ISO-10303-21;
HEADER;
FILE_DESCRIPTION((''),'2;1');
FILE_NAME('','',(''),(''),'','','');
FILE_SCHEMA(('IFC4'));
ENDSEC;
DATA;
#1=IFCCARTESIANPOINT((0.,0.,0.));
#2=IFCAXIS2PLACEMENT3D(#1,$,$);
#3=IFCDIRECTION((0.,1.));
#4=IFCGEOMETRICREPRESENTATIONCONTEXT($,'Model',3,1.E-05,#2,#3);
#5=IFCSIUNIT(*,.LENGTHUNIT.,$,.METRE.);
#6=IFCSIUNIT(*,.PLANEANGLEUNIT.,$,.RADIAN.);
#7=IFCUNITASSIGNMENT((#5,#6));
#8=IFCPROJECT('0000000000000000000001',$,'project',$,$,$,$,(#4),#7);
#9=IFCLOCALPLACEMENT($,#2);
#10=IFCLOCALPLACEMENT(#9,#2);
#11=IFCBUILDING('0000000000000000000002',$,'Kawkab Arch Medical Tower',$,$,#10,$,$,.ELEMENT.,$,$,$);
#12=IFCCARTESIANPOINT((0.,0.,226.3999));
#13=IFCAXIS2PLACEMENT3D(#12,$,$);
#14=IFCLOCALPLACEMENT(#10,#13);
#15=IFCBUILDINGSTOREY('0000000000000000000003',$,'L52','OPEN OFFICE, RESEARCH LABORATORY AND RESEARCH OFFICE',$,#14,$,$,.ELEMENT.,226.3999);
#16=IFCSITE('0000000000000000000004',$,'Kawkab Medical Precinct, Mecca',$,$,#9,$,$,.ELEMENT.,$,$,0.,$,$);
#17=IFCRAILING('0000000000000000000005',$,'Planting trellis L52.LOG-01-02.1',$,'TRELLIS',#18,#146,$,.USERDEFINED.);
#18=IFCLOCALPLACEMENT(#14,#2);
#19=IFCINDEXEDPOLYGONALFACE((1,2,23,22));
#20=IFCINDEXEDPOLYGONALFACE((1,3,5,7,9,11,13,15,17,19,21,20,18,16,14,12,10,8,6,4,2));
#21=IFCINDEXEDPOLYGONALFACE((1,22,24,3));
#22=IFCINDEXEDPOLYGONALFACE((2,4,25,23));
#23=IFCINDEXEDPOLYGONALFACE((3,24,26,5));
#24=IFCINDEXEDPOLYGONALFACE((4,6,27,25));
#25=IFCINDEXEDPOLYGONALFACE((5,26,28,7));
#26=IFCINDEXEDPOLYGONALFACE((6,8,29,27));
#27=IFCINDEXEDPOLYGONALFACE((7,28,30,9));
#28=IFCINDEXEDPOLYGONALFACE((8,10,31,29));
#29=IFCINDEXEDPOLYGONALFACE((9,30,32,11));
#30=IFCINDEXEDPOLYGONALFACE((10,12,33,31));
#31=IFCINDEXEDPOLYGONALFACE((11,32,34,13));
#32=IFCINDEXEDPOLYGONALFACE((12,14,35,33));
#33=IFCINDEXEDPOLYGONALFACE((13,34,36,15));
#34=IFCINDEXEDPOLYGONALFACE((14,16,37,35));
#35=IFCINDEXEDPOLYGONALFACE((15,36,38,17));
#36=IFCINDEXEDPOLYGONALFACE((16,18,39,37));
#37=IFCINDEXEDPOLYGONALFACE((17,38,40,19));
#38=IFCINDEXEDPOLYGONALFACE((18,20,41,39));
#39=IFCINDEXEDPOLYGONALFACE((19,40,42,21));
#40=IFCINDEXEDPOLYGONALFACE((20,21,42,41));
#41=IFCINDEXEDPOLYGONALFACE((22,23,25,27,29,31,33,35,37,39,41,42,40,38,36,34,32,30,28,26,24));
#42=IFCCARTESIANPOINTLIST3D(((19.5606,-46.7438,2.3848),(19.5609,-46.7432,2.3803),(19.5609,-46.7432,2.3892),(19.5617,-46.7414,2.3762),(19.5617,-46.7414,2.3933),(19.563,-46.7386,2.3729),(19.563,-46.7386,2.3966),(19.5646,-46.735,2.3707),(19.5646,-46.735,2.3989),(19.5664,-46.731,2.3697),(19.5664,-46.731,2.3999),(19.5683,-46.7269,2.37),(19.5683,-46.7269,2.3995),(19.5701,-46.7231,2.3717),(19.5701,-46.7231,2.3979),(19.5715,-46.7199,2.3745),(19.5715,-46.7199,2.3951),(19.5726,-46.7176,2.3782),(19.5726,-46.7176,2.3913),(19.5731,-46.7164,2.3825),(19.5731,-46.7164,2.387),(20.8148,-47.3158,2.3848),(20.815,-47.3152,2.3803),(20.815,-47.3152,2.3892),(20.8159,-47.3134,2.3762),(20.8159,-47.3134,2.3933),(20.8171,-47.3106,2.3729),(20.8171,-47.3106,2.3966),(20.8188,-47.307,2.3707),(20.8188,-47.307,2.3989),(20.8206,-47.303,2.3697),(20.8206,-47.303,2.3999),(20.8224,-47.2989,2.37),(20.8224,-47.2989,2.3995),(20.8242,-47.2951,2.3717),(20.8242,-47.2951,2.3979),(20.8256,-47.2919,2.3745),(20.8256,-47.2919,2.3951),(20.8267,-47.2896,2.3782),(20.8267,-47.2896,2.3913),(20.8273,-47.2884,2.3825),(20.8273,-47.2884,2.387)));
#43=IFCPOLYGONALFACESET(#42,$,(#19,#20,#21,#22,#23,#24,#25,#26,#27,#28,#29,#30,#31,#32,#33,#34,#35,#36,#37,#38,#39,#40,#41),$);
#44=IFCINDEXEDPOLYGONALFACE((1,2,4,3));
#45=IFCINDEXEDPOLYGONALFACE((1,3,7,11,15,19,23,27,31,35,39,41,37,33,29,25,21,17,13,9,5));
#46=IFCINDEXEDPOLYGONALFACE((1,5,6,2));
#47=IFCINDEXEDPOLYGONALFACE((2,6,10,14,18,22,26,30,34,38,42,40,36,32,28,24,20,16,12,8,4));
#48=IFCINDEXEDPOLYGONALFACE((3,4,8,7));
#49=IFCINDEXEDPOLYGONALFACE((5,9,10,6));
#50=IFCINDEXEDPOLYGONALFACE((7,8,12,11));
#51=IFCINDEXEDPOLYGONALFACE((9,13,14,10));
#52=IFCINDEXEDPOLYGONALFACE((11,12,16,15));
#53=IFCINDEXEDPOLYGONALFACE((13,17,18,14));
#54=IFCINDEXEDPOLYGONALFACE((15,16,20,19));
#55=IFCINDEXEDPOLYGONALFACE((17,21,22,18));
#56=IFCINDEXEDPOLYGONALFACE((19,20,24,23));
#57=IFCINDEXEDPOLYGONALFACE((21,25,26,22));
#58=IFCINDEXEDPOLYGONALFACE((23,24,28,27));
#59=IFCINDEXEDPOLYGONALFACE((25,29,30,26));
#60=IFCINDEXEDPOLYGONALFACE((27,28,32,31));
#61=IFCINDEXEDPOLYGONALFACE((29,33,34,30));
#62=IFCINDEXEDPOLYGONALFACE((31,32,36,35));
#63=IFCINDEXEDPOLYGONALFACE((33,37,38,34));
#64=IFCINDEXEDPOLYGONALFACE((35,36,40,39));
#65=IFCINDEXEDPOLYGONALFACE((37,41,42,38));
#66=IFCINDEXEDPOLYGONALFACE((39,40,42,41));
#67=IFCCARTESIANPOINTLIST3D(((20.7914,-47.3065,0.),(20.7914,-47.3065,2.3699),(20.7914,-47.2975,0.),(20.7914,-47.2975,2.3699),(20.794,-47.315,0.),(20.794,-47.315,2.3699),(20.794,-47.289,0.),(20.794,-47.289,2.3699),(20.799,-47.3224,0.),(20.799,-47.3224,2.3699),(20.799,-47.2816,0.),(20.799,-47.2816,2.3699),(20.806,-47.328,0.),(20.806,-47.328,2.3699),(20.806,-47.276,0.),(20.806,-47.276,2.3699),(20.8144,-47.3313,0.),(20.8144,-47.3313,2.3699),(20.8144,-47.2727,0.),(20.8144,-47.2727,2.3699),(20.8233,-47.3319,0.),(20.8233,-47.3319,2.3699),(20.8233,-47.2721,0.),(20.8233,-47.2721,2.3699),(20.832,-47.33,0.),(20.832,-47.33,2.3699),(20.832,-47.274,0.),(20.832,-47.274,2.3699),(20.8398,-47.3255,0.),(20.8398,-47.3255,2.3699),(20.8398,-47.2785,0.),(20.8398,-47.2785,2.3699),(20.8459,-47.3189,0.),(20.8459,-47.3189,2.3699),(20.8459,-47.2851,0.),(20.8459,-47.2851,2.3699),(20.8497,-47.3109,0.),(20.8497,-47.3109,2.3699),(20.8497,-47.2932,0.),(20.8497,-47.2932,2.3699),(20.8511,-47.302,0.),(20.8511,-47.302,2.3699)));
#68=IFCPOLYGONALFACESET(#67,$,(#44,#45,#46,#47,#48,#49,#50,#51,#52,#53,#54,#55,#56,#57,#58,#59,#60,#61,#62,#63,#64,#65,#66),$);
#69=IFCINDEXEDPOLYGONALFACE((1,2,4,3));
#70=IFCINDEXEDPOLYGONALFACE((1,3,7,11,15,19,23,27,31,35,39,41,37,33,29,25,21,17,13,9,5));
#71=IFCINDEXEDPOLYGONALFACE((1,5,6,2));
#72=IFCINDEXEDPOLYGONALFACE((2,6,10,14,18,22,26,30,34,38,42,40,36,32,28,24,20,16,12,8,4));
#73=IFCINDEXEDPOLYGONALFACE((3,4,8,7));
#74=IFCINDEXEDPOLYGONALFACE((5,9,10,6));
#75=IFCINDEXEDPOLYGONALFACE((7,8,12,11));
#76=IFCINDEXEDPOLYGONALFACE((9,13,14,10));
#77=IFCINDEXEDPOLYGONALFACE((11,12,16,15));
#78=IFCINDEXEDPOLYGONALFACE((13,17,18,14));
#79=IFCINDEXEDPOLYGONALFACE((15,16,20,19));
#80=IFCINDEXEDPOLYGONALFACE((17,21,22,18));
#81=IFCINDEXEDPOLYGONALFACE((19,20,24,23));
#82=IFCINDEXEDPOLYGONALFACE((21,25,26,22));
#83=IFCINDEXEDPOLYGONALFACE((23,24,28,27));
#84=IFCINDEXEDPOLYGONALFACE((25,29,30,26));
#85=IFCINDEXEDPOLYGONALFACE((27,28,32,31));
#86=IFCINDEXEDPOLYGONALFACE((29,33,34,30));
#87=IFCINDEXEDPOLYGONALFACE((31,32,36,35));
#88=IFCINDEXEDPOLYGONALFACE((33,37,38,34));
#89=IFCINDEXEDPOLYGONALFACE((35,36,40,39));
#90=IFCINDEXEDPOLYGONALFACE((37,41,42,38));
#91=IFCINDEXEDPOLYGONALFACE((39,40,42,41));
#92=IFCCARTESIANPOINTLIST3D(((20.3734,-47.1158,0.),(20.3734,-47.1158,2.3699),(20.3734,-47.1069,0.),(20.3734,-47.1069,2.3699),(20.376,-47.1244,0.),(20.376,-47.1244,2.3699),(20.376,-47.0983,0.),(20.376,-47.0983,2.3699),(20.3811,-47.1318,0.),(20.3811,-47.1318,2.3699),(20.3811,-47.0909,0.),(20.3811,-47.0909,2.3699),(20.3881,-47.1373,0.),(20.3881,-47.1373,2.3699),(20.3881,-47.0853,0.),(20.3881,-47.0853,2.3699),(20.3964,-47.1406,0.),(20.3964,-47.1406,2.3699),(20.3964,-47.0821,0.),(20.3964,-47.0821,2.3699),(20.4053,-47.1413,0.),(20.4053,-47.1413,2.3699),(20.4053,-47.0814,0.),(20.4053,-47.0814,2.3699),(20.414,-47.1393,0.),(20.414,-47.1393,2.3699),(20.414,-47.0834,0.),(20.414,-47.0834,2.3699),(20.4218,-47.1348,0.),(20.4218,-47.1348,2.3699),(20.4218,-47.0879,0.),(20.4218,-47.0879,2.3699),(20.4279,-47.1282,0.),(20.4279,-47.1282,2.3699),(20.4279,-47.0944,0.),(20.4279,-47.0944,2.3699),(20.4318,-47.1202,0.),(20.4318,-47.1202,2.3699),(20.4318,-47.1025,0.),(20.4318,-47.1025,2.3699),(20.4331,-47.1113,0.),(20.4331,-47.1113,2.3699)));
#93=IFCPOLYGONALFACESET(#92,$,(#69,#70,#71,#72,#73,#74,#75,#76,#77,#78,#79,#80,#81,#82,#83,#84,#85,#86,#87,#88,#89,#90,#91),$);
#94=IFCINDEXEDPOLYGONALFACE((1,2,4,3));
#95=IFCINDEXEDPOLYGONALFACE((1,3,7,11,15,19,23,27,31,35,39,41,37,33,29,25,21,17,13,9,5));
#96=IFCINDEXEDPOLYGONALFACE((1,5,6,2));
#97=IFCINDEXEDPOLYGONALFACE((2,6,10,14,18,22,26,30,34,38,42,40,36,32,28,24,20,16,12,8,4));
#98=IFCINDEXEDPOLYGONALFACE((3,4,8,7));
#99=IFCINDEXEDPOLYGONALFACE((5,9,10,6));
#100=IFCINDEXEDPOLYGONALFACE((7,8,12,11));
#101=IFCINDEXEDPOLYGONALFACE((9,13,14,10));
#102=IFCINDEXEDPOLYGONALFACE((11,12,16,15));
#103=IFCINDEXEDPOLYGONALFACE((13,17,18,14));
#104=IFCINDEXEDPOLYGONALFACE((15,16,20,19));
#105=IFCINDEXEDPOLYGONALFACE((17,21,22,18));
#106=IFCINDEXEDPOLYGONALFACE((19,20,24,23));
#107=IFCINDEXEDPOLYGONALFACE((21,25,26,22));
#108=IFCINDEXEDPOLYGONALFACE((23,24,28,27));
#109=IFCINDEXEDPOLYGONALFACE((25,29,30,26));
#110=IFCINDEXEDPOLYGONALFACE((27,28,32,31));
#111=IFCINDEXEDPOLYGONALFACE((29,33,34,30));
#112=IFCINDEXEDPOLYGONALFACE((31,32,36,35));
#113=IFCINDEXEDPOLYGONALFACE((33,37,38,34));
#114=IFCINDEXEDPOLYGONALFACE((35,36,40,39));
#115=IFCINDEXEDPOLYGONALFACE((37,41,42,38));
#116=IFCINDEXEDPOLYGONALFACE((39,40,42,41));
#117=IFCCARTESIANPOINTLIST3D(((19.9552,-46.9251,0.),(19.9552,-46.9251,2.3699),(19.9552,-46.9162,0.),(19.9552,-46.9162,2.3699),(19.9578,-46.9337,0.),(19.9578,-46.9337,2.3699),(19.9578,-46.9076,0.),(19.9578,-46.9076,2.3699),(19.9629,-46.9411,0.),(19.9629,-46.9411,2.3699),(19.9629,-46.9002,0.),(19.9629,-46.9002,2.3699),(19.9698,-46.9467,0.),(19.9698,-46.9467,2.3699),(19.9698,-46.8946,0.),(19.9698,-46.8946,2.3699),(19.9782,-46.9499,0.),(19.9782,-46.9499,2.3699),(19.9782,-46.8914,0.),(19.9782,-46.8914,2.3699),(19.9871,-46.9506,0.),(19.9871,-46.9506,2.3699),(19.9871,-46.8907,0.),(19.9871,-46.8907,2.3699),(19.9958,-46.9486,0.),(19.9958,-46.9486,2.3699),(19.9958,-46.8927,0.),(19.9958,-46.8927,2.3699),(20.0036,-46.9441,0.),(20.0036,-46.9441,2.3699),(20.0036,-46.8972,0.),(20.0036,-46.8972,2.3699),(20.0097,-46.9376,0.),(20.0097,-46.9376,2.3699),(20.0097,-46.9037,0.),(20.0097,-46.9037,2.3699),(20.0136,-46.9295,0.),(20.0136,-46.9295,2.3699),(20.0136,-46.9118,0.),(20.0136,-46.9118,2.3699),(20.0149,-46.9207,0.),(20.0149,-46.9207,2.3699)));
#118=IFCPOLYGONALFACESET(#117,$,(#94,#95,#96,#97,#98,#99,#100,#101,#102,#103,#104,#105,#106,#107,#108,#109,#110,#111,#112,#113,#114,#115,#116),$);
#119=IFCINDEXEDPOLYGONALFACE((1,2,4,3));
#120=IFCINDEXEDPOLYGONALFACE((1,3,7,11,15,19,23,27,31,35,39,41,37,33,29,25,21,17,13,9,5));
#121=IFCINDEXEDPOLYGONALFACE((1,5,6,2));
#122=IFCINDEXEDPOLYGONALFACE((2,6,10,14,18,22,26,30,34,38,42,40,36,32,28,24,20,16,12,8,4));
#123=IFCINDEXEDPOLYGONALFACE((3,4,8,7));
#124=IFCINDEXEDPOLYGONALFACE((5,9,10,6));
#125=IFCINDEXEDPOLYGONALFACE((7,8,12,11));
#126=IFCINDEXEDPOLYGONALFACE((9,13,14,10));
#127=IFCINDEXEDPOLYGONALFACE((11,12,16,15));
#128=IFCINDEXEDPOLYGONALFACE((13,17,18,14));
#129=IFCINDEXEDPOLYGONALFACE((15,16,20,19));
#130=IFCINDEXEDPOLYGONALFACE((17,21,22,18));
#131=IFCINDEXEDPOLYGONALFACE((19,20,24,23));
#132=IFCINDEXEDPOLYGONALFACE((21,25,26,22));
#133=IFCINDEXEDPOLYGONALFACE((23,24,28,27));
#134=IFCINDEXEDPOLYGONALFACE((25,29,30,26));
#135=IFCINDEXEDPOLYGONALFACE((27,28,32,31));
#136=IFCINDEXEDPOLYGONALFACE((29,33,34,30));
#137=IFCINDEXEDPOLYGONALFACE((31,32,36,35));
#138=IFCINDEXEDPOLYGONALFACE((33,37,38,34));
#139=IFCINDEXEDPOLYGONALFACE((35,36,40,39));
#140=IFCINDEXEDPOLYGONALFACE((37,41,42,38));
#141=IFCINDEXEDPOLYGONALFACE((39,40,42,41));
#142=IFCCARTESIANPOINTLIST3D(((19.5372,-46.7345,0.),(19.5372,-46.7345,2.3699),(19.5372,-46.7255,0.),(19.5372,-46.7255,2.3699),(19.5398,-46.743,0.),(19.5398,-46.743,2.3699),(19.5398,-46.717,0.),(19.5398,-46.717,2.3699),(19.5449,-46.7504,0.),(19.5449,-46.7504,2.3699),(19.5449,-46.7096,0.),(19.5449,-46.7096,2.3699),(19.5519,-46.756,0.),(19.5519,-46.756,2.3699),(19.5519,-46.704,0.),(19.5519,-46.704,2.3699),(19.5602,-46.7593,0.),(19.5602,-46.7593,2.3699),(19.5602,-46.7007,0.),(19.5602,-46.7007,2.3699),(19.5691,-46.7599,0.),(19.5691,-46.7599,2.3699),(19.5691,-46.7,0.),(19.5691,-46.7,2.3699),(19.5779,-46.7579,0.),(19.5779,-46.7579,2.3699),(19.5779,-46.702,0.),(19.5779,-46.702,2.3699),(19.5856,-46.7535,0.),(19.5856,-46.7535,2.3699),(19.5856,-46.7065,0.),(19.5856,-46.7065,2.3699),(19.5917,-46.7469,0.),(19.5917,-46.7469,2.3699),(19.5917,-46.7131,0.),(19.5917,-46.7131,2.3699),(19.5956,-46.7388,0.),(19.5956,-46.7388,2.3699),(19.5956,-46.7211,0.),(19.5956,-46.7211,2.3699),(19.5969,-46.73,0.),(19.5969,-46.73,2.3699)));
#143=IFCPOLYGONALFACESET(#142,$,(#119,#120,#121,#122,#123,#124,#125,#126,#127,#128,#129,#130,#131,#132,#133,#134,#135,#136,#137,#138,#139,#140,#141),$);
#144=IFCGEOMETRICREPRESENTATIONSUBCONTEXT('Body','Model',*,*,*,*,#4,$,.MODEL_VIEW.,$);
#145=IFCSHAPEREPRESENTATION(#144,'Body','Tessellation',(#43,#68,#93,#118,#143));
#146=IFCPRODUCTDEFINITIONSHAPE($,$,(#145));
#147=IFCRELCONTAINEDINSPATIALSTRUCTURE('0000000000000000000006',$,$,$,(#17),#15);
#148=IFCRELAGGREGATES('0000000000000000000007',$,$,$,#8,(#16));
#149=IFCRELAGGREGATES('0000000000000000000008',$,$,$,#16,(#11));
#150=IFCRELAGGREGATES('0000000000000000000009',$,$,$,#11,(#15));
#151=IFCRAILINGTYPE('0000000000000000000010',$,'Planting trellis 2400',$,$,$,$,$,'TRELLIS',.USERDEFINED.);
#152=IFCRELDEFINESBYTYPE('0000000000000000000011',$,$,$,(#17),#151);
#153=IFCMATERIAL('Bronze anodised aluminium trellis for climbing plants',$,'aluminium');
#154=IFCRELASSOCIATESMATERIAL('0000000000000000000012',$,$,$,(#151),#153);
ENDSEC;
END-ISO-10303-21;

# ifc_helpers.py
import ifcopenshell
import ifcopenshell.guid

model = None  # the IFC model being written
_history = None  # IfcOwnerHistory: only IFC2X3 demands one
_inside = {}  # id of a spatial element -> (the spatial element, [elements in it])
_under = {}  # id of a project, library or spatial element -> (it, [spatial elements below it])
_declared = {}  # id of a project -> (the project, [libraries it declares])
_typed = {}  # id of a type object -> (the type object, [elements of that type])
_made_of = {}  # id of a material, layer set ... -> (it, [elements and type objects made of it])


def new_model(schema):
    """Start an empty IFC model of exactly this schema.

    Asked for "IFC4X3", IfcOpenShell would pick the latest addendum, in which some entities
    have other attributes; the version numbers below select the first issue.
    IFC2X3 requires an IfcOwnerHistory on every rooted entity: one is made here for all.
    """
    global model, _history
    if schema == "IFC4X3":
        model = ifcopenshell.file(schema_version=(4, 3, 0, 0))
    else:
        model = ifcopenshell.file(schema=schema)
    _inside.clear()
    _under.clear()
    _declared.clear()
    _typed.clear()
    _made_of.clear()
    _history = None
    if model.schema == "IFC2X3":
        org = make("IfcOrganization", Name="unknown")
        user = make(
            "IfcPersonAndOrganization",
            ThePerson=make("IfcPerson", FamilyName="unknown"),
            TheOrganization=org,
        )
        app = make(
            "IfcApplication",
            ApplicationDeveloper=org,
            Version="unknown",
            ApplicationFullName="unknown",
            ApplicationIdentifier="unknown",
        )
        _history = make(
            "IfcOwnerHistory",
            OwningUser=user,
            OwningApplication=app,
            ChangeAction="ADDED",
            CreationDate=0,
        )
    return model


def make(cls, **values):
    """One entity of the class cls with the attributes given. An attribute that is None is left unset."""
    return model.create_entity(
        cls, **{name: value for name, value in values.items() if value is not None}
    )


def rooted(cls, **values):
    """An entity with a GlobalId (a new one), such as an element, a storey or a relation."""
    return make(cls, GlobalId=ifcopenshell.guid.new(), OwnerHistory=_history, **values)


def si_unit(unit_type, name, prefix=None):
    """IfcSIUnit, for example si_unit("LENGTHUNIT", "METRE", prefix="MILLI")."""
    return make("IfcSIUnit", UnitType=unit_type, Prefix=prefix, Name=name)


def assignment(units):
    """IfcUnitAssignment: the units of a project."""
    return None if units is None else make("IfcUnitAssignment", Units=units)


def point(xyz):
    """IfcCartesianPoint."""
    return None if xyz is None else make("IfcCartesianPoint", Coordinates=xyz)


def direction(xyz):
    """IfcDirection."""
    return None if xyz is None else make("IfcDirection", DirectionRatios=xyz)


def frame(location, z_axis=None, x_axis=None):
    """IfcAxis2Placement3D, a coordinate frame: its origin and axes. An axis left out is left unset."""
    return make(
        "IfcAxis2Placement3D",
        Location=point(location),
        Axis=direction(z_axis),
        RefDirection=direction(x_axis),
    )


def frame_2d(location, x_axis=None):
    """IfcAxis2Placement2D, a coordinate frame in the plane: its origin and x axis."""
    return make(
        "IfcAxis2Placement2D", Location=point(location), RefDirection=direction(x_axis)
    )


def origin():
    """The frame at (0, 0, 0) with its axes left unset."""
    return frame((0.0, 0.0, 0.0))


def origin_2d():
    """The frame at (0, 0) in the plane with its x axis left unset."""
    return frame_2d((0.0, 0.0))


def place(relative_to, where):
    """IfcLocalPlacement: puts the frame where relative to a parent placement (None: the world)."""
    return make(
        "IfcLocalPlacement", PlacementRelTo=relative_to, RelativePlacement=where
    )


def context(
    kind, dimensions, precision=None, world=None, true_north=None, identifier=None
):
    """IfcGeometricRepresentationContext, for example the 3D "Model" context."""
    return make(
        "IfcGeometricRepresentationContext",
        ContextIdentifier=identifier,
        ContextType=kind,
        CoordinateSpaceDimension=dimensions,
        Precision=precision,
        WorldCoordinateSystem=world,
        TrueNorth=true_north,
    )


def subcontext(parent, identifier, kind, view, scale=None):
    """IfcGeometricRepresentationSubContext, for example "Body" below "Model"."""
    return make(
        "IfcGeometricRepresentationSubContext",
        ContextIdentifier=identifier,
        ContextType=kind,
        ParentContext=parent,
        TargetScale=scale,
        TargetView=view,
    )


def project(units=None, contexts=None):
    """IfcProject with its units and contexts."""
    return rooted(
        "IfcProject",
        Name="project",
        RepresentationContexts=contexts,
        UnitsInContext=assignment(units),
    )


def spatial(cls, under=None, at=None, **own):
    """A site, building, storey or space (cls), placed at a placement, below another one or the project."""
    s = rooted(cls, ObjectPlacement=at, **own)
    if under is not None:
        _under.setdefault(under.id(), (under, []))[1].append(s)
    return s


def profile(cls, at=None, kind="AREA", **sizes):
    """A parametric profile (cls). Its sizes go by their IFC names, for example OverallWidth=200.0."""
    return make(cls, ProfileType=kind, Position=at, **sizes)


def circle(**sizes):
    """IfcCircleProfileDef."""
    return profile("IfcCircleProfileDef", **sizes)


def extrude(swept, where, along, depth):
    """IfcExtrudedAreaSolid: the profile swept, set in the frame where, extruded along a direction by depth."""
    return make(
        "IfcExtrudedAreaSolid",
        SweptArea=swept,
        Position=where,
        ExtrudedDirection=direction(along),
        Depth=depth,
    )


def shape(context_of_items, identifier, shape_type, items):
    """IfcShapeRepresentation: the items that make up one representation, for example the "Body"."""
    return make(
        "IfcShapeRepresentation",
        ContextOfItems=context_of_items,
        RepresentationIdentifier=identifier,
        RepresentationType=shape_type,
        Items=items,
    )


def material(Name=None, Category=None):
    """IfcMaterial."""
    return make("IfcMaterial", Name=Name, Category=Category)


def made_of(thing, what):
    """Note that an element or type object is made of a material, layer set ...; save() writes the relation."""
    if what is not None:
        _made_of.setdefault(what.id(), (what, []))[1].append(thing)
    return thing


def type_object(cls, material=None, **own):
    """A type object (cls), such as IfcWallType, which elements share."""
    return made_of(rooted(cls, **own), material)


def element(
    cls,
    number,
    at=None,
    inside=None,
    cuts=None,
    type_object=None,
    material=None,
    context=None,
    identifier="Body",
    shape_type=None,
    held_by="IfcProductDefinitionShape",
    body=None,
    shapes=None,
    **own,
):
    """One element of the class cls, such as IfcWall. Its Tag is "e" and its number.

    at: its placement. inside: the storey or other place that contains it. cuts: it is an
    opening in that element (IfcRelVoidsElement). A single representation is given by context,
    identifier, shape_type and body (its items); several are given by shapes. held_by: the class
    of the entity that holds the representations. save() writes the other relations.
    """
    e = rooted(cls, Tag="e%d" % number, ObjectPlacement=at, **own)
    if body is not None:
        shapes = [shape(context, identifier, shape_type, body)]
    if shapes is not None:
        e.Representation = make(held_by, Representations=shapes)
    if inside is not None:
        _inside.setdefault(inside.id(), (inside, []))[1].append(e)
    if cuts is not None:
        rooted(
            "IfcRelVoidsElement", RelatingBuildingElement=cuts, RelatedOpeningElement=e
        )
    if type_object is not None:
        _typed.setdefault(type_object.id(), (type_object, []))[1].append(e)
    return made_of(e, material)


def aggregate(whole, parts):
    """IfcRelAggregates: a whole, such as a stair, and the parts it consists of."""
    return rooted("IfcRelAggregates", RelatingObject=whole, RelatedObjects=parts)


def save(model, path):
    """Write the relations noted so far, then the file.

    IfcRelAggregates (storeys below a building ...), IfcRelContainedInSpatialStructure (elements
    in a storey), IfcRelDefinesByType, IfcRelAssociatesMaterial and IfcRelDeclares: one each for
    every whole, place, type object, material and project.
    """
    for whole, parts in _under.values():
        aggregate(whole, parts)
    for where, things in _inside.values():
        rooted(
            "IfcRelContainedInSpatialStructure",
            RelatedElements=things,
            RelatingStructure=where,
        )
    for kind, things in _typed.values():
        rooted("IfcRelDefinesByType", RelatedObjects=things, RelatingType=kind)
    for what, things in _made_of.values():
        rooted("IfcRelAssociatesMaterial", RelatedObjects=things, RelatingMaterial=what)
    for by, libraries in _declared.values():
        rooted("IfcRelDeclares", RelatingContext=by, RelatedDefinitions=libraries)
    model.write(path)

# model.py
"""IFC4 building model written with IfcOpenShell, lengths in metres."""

from ifc_helpers import new_model, si_unit, direction, frame, origin, origin_2d, place, context, subcontext, project, spatial, circle, extrude, material, type_object, element, save


model = new_model("IFC4")

# Units and contexts
model_context = context("Model", 3, precision=1e-05, world=origin(), true_north=direction((0.0, 1.0)))
body_context = subcontext(model_context, "Body", "Model", "MODEL_VIEW")
ifc_project = project(units=[si_unit("LENGTHUNIT", "METRE"), si_unit("PLANEANGLEUNIT", "RADIAN")], contexts=[model_context])

# Site, building, storey
site_placement = place(None, origin())
site = spatial("IfcSite", under=ifc_project, at=site_placement, Name="Kawkab Medical Precinct, Mecca", CompositionType="ELEMENT", RefElevation=0.0)
building_placement = place(site_placement, origin())
building = spatial("IfcBuilding", under=site, at=building_placement, Name="Kawkab Arch Medical Tower", CompositionType="ELEMENT")
storey_placement = place(building_placement, frame((0.0, 0.0, 226.3999)))
storey = spatial("IfcBuildingStorey", under=building, at=storey_placement, Name="L52", Description="OPEN OFFICE, RESEARCH LABORATORY AND RESEARCH OFFICE", CompositionType="ELEMENT", Elevation=226.3999)

# Railing
ifc_material_1 = material(Name="Bronze anodised aluminium trellis for climbing plants", Category="aluminium")
railing_type = type_object("IfcRailingType", Name="Planting trellis 2400", ElementType="TRELLIS", PredefinedType="USERDEFINED", material=ifc_material_1)
railing_1_placement = place(storey_placement, frame((20.821, -47.302, 0.0)))
element("IfcRailing", 1, at=railing_1_placement, inside=storey, type_object=railing_type, Name="Planting trellis L52.LOG-01-02.1", ObjectType="TRELLIS", PredefinedType="USERDEFINED", context=body_context, shape_type="SweptSolid", body=[
    extrude(circle(Radius=0.0151, at=origin_2d()), frame((0.0, 0.0, 2.3848), z_axis=(-0.909832, 0.414977, 0.0), x_axis=(-0.414977, -0.909832, 0.0)), (0.0, 0.0, 1.0), 1.3784),
    extrude(circle(Radius=0.03, at=origin_2d()), origin(), (0.0, 0.0, 1.0), 2.3699),
    extrude(circle(Radius=0.03, at=origin_2d()), frame((-0.418, 0.1907, 0.0)), (0.0, 0.0, 1.0), 2.3699),
    extrude(circle(Radius=0.03, at=origin_2d()), frame((-0.8362, 0.3813, 0.0)), (0.0, 0.0, 1.0), 2.3699),
    extrude(circle(Radius=0.03, at=origin_2d()), frame((-1.2542, 0.572, 0.0)), (0.0, 0.0, 1.0), 2.3699),
])

save(model, "model.ifc")
